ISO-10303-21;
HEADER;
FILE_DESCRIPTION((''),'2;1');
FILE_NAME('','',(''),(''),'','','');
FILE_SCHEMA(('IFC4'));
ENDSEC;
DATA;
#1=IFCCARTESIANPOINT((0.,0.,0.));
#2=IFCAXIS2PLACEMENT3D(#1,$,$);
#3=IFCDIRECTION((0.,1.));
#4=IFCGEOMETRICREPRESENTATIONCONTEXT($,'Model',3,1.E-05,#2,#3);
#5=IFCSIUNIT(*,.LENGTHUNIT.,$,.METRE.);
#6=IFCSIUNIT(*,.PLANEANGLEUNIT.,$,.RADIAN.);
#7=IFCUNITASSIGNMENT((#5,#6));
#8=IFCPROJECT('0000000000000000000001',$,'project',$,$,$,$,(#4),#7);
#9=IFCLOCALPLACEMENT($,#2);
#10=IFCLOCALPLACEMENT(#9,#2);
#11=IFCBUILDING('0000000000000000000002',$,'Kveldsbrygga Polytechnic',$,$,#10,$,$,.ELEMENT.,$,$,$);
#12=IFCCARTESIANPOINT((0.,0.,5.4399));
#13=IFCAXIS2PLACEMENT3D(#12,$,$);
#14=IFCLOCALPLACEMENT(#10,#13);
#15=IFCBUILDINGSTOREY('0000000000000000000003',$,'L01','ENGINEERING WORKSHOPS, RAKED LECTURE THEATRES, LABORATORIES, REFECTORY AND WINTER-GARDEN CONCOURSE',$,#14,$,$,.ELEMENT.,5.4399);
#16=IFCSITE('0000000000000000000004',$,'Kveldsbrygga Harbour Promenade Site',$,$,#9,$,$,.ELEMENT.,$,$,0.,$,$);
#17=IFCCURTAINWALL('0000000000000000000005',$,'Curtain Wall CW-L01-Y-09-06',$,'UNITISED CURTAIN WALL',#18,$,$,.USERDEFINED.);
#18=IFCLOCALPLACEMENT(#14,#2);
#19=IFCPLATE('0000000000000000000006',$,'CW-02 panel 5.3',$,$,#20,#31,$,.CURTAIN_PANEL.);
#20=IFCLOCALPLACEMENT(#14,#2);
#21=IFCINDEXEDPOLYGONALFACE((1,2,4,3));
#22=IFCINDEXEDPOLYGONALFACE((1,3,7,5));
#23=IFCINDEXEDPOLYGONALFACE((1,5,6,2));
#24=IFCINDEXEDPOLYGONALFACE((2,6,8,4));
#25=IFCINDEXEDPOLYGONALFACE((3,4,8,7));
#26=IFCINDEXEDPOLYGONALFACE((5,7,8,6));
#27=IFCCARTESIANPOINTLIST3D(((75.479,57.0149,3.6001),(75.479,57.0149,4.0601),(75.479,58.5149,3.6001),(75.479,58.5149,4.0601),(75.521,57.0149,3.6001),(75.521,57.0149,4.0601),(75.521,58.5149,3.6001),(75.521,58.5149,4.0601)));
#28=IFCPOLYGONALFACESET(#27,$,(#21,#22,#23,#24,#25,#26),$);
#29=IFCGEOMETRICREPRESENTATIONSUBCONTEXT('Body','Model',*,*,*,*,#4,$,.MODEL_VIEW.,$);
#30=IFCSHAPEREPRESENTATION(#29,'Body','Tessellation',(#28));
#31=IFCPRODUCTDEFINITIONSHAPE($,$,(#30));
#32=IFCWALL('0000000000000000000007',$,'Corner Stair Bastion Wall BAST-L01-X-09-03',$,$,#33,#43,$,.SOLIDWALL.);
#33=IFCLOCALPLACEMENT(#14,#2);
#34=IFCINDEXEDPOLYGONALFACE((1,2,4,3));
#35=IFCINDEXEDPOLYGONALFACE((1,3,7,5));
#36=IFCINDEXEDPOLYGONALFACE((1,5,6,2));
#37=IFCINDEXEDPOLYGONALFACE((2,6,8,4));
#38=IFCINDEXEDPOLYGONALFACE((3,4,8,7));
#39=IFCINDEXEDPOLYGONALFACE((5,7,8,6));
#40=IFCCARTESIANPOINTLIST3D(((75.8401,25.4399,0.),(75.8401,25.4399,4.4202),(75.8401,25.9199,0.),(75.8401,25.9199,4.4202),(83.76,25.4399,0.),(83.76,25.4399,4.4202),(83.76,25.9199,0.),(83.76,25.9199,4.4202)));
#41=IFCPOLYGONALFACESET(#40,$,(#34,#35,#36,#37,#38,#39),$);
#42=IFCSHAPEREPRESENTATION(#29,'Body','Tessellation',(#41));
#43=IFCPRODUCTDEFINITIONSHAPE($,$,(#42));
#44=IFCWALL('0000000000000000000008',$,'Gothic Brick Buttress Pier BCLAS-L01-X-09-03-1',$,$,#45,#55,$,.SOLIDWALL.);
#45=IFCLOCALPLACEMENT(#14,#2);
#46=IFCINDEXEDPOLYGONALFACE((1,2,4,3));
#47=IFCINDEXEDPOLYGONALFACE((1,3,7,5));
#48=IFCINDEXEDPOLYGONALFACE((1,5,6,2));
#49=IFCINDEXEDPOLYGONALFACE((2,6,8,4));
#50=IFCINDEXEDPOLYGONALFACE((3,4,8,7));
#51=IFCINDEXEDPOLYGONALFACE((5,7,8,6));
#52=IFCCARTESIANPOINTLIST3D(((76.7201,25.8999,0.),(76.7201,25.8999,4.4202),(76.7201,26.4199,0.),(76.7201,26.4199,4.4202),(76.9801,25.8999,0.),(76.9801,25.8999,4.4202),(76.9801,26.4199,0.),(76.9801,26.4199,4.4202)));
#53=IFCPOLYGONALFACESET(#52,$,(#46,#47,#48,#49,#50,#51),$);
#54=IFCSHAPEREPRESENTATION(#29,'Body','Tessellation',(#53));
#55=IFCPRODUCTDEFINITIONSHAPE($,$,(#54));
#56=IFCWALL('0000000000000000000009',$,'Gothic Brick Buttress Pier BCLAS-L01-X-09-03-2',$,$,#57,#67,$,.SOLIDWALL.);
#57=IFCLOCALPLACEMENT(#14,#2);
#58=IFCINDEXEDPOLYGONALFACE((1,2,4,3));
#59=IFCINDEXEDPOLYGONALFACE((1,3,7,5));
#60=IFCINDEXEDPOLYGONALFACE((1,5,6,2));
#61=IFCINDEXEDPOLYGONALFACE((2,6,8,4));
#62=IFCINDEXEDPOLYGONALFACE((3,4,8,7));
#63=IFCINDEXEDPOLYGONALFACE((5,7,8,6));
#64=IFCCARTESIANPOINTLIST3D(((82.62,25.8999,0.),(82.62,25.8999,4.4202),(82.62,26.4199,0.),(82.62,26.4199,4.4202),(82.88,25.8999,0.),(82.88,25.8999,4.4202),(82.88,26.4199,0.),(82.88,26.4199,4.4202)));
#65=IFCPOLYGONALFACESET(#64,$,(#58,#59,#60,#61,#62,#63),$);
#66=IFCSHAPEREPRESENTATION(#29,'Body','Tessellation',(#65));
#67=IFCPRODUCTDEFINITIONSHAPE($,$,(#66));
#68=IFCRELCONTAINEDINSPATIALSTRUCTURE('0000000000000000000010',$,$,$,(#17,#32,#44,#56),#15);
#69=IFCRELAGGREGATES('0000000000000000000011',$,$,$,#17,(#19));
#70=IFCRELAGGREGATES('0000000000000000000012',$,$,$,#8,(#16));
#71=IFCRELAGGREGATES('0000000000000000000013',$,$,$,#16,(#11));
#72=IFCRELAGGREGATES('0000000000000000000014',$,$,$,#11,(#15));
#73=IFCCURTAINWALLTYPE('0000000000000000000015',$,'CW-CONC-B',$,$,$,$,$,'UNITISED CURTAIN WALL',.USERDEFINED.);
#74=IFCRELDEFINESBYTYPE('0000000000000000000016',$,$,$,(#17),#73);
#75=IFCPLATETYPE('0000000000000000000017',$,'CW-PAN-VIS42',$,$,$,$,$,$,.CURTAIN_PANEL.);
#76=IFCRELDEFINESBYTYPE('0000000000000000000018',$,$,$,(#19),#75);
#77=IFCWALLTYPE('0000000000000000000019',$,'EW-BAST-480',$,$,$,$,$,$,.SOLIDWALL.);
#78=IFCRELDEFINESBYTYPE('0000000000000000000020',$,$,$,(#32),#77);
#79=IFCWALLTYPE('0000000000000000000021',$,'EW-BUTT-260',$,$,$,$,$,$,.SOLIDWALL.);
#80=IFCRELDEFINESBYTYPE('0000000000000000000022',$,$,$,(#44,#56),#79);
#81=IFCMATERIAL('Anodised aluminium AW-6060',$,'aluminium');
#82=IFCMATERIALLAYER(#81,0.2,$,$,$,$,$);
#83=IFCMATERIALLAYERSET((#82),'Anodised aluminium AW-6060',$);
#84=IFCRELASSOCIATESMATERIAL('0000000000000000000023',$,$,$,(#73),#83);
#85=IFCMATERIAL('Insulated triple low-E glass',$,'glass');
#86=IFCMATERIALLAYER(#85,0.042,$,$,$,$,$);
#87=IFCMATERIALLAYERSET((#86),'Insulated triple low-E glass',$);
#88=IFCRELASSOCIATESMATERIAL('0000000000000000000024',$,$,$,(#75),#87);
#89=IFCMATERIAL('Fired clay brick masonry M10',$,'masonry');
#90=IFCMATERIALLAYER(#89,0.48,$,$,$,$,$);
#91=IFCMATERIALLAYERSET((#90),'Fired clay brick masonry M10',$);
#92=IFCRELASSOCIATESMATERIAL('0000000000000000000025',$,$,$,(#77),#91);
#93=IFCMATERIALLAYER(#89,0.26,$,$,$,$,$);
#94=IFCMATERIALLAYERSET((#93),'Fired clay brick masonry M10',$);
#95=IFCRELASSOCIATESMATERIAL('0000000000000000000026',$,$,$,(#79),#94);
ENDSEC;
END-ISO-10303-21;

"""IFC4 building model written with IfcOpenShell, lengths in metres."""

from ifc_helpers import new_model, si_unit, direction, frame, frame_2d, origin, origin_2d, place, context, subcontext, project, spatial, rectangle, extrude, material, layer, layer_set, type_object, element, aggregate, save


model = new_model("IFC4")

# Units and contexts
model_context = context("Model", 3, precision=1e-05, world=origin(), true_north=direction((0.0, 1.0)))
body_context = subcontext(model_context, "Body", "Model", "MODEL_VIEW")
ifc_project = project(units=[si_unit("LENGTHUNIT", "METRE"), si_unit("PLANEANGLEUNIT", "RADIAN")], contexts=[model_context])

# Site, building, storey
site_placement = place(None, origin())
site = spatial("IfcSite", under=ifc_project, at=site_placement, Name="Kveldsbrygga Harbour Promenade Site", CompositionType="ELEMENT", RefElevation=0.0)
building_placement = place(site_placement, origin())
building = spatial("IfcBuilding", under=site, at=building_placement, Name="Kveldsbrygga Polytechnic", CompositionType="ELEMENT")
storey_placement = place(building_placement, frame((0.0, 0.0, 5.4399)))
storey = spatial("IfcBuildingStorey", under=building, at=storey_placement, Name="L01", Description="ENGINEERING WORKSHOPS, RAKED LECTURE THEATRES, LABORATORIES, REFECTORY AND WINTER-GARDEN CONCOURSE", CompositionType="ELEMENT", Elevation=5.4399)

# Curtain wall
ifc_material_1 = material(Name="Anodised aluminium AW-6060", Category="aluminium")
ifc_layer_1 = layer(ifc_material_1, 0.2)
ifc_layer_set_1 = layer_set([ifc_layer_1], Name="Anodised aluminium AW-6060")
curtain_wall_type = type_object("IfcCurtainWallType", Name="CW-CONC-B", ElementType="UNITISED CURTAIN WALL", PredefinedType="USERDEFINED", material=ifc_layer_set_1)
curtain_wall_placement = place(storey_placement, origin())
curtain_wall = element("IfcCurtainWall", 1, at=curtain_wall_placement, inside=storey, type_object=curtain_wall_type, Name="Curtain Wall CW-L01-Y-09-06", ObjectType="UNITISED CURTAIN WALL", PredefinedType="USERDEFINED")

# Plate
ifc_material_2 = material(Name="Insulated triple low-E glass", Category="glass")
ifc_layer_2 = layer(ifc_material_2, 0.042)
ifc_layer_set_2 = layer_set([ifc_layer_2], Name="Insulated triple low-E glass")
plate_type_1 = type_object("IfcPlateType", Name="CW-PAN-VIS42", PredefinedType="CURTAIN_PANEL", material=ifc_layer_set_2)
plate_1_placement = place(storey_placement, frame((75.5, 57.7649, 3.6001), z_axis=(0.0, 0.0, 1.0), x_axis=(0.0, 1.0, 0.0)))
plate_1 = element("IfcPlate", 2, at=plate_1_placement, type_object=plate_type_1, Name="CW-02 panel 5.3", PredefinedType="CURTAIN_PANEL", context=body_context, shape_type="SweptSolid", body=[
    extrude(rectangle(XDim=1.5, YDim=0.042, at=origin_2d()), origin(), (0.0, 0.0, 1.0), 0.46),
])
aggregate(curtain_wall, [plate_1])

# Walls
ifc_material_3 = material(Name="Fired clay brick masonry M10", Category="masonry")
ifc_layer_3 = layer(ifc_material_3, 0.48)
ifc_layer_set_3 = layer_set([ifc_layer_3], Name="Fired clay brick masonry M10")
wall_type_1 = type_object("IfcWallType", Name="EW-BAST-480", PredefinedType="SOLIDWALL", material=ifc_layer_set_3)
wall_1_placement = place(storey_placement, frame((75.8401, 25.6799, 0.0), z_axis=(0.0, 0.0, 1.0), x_axis=(1.0, 0.0, 0.0)))
element("IfcWall", 3, at=wall_1_placement, inside=storey, type_object=wall_type_1, Name="Corner Stair Bastion Wall BAST-L01-X-09-03", PredefinedType="SOLIDWALL", context=body_context, shape_type="SweptSolid", body=[
    extrude(rectangle(XDim=7.9199, YDim=0.48, at=frame_2d((3.96, 0.0))), origin(), (0.0, 0.0, 1.0), 4.4202),
])
ifc_layer_4 = layer(ifc_material_3, 0.26)
ifc_layer_set_4 = layer_set([ifc_layer_4], Name="Fired clay brick masonry M10")
wall_type_2 = type_object("IfcWallType", Name="EW-BUTT-260", PredefinedType="SOLIDWALL", material=ifc_layer_set_4)
for number, where, z_axis, x_axis, name in (
    (4, (76.8501, 25.8999, 0.0), (0.0, 0.0, 1.0), (0.0, 1.0, 0.0), "Gothic Brick Buttress Pier BCLAS-L01-X-09-03-1"),
    (5, (82.75, 25.8999, 0.0), (0.0, 0.0, 1.0), (0.0, 1.0, 0.0), "Gothic Brick Buttress Pier BCLAS-L01-X-09-03-2"),
):
    element("IfcWall", number, at=place(storey_placement, frame(where, z_axis=z_axis, x_axis=x_axis)), inside=storey, type_object=wall_type_2, Name=name, PredefinedType="SOLIDWALL", context=body_context, shape_type="SweptSolid", body=[
        extrude(rectangle(XDim=0.52, YDim=0.26, at=frame_2d((0.26, 0.0))), origin(), (0.0, 0.0, 1.0), 4.4202),
    ])

save(model, "model.ifc")
